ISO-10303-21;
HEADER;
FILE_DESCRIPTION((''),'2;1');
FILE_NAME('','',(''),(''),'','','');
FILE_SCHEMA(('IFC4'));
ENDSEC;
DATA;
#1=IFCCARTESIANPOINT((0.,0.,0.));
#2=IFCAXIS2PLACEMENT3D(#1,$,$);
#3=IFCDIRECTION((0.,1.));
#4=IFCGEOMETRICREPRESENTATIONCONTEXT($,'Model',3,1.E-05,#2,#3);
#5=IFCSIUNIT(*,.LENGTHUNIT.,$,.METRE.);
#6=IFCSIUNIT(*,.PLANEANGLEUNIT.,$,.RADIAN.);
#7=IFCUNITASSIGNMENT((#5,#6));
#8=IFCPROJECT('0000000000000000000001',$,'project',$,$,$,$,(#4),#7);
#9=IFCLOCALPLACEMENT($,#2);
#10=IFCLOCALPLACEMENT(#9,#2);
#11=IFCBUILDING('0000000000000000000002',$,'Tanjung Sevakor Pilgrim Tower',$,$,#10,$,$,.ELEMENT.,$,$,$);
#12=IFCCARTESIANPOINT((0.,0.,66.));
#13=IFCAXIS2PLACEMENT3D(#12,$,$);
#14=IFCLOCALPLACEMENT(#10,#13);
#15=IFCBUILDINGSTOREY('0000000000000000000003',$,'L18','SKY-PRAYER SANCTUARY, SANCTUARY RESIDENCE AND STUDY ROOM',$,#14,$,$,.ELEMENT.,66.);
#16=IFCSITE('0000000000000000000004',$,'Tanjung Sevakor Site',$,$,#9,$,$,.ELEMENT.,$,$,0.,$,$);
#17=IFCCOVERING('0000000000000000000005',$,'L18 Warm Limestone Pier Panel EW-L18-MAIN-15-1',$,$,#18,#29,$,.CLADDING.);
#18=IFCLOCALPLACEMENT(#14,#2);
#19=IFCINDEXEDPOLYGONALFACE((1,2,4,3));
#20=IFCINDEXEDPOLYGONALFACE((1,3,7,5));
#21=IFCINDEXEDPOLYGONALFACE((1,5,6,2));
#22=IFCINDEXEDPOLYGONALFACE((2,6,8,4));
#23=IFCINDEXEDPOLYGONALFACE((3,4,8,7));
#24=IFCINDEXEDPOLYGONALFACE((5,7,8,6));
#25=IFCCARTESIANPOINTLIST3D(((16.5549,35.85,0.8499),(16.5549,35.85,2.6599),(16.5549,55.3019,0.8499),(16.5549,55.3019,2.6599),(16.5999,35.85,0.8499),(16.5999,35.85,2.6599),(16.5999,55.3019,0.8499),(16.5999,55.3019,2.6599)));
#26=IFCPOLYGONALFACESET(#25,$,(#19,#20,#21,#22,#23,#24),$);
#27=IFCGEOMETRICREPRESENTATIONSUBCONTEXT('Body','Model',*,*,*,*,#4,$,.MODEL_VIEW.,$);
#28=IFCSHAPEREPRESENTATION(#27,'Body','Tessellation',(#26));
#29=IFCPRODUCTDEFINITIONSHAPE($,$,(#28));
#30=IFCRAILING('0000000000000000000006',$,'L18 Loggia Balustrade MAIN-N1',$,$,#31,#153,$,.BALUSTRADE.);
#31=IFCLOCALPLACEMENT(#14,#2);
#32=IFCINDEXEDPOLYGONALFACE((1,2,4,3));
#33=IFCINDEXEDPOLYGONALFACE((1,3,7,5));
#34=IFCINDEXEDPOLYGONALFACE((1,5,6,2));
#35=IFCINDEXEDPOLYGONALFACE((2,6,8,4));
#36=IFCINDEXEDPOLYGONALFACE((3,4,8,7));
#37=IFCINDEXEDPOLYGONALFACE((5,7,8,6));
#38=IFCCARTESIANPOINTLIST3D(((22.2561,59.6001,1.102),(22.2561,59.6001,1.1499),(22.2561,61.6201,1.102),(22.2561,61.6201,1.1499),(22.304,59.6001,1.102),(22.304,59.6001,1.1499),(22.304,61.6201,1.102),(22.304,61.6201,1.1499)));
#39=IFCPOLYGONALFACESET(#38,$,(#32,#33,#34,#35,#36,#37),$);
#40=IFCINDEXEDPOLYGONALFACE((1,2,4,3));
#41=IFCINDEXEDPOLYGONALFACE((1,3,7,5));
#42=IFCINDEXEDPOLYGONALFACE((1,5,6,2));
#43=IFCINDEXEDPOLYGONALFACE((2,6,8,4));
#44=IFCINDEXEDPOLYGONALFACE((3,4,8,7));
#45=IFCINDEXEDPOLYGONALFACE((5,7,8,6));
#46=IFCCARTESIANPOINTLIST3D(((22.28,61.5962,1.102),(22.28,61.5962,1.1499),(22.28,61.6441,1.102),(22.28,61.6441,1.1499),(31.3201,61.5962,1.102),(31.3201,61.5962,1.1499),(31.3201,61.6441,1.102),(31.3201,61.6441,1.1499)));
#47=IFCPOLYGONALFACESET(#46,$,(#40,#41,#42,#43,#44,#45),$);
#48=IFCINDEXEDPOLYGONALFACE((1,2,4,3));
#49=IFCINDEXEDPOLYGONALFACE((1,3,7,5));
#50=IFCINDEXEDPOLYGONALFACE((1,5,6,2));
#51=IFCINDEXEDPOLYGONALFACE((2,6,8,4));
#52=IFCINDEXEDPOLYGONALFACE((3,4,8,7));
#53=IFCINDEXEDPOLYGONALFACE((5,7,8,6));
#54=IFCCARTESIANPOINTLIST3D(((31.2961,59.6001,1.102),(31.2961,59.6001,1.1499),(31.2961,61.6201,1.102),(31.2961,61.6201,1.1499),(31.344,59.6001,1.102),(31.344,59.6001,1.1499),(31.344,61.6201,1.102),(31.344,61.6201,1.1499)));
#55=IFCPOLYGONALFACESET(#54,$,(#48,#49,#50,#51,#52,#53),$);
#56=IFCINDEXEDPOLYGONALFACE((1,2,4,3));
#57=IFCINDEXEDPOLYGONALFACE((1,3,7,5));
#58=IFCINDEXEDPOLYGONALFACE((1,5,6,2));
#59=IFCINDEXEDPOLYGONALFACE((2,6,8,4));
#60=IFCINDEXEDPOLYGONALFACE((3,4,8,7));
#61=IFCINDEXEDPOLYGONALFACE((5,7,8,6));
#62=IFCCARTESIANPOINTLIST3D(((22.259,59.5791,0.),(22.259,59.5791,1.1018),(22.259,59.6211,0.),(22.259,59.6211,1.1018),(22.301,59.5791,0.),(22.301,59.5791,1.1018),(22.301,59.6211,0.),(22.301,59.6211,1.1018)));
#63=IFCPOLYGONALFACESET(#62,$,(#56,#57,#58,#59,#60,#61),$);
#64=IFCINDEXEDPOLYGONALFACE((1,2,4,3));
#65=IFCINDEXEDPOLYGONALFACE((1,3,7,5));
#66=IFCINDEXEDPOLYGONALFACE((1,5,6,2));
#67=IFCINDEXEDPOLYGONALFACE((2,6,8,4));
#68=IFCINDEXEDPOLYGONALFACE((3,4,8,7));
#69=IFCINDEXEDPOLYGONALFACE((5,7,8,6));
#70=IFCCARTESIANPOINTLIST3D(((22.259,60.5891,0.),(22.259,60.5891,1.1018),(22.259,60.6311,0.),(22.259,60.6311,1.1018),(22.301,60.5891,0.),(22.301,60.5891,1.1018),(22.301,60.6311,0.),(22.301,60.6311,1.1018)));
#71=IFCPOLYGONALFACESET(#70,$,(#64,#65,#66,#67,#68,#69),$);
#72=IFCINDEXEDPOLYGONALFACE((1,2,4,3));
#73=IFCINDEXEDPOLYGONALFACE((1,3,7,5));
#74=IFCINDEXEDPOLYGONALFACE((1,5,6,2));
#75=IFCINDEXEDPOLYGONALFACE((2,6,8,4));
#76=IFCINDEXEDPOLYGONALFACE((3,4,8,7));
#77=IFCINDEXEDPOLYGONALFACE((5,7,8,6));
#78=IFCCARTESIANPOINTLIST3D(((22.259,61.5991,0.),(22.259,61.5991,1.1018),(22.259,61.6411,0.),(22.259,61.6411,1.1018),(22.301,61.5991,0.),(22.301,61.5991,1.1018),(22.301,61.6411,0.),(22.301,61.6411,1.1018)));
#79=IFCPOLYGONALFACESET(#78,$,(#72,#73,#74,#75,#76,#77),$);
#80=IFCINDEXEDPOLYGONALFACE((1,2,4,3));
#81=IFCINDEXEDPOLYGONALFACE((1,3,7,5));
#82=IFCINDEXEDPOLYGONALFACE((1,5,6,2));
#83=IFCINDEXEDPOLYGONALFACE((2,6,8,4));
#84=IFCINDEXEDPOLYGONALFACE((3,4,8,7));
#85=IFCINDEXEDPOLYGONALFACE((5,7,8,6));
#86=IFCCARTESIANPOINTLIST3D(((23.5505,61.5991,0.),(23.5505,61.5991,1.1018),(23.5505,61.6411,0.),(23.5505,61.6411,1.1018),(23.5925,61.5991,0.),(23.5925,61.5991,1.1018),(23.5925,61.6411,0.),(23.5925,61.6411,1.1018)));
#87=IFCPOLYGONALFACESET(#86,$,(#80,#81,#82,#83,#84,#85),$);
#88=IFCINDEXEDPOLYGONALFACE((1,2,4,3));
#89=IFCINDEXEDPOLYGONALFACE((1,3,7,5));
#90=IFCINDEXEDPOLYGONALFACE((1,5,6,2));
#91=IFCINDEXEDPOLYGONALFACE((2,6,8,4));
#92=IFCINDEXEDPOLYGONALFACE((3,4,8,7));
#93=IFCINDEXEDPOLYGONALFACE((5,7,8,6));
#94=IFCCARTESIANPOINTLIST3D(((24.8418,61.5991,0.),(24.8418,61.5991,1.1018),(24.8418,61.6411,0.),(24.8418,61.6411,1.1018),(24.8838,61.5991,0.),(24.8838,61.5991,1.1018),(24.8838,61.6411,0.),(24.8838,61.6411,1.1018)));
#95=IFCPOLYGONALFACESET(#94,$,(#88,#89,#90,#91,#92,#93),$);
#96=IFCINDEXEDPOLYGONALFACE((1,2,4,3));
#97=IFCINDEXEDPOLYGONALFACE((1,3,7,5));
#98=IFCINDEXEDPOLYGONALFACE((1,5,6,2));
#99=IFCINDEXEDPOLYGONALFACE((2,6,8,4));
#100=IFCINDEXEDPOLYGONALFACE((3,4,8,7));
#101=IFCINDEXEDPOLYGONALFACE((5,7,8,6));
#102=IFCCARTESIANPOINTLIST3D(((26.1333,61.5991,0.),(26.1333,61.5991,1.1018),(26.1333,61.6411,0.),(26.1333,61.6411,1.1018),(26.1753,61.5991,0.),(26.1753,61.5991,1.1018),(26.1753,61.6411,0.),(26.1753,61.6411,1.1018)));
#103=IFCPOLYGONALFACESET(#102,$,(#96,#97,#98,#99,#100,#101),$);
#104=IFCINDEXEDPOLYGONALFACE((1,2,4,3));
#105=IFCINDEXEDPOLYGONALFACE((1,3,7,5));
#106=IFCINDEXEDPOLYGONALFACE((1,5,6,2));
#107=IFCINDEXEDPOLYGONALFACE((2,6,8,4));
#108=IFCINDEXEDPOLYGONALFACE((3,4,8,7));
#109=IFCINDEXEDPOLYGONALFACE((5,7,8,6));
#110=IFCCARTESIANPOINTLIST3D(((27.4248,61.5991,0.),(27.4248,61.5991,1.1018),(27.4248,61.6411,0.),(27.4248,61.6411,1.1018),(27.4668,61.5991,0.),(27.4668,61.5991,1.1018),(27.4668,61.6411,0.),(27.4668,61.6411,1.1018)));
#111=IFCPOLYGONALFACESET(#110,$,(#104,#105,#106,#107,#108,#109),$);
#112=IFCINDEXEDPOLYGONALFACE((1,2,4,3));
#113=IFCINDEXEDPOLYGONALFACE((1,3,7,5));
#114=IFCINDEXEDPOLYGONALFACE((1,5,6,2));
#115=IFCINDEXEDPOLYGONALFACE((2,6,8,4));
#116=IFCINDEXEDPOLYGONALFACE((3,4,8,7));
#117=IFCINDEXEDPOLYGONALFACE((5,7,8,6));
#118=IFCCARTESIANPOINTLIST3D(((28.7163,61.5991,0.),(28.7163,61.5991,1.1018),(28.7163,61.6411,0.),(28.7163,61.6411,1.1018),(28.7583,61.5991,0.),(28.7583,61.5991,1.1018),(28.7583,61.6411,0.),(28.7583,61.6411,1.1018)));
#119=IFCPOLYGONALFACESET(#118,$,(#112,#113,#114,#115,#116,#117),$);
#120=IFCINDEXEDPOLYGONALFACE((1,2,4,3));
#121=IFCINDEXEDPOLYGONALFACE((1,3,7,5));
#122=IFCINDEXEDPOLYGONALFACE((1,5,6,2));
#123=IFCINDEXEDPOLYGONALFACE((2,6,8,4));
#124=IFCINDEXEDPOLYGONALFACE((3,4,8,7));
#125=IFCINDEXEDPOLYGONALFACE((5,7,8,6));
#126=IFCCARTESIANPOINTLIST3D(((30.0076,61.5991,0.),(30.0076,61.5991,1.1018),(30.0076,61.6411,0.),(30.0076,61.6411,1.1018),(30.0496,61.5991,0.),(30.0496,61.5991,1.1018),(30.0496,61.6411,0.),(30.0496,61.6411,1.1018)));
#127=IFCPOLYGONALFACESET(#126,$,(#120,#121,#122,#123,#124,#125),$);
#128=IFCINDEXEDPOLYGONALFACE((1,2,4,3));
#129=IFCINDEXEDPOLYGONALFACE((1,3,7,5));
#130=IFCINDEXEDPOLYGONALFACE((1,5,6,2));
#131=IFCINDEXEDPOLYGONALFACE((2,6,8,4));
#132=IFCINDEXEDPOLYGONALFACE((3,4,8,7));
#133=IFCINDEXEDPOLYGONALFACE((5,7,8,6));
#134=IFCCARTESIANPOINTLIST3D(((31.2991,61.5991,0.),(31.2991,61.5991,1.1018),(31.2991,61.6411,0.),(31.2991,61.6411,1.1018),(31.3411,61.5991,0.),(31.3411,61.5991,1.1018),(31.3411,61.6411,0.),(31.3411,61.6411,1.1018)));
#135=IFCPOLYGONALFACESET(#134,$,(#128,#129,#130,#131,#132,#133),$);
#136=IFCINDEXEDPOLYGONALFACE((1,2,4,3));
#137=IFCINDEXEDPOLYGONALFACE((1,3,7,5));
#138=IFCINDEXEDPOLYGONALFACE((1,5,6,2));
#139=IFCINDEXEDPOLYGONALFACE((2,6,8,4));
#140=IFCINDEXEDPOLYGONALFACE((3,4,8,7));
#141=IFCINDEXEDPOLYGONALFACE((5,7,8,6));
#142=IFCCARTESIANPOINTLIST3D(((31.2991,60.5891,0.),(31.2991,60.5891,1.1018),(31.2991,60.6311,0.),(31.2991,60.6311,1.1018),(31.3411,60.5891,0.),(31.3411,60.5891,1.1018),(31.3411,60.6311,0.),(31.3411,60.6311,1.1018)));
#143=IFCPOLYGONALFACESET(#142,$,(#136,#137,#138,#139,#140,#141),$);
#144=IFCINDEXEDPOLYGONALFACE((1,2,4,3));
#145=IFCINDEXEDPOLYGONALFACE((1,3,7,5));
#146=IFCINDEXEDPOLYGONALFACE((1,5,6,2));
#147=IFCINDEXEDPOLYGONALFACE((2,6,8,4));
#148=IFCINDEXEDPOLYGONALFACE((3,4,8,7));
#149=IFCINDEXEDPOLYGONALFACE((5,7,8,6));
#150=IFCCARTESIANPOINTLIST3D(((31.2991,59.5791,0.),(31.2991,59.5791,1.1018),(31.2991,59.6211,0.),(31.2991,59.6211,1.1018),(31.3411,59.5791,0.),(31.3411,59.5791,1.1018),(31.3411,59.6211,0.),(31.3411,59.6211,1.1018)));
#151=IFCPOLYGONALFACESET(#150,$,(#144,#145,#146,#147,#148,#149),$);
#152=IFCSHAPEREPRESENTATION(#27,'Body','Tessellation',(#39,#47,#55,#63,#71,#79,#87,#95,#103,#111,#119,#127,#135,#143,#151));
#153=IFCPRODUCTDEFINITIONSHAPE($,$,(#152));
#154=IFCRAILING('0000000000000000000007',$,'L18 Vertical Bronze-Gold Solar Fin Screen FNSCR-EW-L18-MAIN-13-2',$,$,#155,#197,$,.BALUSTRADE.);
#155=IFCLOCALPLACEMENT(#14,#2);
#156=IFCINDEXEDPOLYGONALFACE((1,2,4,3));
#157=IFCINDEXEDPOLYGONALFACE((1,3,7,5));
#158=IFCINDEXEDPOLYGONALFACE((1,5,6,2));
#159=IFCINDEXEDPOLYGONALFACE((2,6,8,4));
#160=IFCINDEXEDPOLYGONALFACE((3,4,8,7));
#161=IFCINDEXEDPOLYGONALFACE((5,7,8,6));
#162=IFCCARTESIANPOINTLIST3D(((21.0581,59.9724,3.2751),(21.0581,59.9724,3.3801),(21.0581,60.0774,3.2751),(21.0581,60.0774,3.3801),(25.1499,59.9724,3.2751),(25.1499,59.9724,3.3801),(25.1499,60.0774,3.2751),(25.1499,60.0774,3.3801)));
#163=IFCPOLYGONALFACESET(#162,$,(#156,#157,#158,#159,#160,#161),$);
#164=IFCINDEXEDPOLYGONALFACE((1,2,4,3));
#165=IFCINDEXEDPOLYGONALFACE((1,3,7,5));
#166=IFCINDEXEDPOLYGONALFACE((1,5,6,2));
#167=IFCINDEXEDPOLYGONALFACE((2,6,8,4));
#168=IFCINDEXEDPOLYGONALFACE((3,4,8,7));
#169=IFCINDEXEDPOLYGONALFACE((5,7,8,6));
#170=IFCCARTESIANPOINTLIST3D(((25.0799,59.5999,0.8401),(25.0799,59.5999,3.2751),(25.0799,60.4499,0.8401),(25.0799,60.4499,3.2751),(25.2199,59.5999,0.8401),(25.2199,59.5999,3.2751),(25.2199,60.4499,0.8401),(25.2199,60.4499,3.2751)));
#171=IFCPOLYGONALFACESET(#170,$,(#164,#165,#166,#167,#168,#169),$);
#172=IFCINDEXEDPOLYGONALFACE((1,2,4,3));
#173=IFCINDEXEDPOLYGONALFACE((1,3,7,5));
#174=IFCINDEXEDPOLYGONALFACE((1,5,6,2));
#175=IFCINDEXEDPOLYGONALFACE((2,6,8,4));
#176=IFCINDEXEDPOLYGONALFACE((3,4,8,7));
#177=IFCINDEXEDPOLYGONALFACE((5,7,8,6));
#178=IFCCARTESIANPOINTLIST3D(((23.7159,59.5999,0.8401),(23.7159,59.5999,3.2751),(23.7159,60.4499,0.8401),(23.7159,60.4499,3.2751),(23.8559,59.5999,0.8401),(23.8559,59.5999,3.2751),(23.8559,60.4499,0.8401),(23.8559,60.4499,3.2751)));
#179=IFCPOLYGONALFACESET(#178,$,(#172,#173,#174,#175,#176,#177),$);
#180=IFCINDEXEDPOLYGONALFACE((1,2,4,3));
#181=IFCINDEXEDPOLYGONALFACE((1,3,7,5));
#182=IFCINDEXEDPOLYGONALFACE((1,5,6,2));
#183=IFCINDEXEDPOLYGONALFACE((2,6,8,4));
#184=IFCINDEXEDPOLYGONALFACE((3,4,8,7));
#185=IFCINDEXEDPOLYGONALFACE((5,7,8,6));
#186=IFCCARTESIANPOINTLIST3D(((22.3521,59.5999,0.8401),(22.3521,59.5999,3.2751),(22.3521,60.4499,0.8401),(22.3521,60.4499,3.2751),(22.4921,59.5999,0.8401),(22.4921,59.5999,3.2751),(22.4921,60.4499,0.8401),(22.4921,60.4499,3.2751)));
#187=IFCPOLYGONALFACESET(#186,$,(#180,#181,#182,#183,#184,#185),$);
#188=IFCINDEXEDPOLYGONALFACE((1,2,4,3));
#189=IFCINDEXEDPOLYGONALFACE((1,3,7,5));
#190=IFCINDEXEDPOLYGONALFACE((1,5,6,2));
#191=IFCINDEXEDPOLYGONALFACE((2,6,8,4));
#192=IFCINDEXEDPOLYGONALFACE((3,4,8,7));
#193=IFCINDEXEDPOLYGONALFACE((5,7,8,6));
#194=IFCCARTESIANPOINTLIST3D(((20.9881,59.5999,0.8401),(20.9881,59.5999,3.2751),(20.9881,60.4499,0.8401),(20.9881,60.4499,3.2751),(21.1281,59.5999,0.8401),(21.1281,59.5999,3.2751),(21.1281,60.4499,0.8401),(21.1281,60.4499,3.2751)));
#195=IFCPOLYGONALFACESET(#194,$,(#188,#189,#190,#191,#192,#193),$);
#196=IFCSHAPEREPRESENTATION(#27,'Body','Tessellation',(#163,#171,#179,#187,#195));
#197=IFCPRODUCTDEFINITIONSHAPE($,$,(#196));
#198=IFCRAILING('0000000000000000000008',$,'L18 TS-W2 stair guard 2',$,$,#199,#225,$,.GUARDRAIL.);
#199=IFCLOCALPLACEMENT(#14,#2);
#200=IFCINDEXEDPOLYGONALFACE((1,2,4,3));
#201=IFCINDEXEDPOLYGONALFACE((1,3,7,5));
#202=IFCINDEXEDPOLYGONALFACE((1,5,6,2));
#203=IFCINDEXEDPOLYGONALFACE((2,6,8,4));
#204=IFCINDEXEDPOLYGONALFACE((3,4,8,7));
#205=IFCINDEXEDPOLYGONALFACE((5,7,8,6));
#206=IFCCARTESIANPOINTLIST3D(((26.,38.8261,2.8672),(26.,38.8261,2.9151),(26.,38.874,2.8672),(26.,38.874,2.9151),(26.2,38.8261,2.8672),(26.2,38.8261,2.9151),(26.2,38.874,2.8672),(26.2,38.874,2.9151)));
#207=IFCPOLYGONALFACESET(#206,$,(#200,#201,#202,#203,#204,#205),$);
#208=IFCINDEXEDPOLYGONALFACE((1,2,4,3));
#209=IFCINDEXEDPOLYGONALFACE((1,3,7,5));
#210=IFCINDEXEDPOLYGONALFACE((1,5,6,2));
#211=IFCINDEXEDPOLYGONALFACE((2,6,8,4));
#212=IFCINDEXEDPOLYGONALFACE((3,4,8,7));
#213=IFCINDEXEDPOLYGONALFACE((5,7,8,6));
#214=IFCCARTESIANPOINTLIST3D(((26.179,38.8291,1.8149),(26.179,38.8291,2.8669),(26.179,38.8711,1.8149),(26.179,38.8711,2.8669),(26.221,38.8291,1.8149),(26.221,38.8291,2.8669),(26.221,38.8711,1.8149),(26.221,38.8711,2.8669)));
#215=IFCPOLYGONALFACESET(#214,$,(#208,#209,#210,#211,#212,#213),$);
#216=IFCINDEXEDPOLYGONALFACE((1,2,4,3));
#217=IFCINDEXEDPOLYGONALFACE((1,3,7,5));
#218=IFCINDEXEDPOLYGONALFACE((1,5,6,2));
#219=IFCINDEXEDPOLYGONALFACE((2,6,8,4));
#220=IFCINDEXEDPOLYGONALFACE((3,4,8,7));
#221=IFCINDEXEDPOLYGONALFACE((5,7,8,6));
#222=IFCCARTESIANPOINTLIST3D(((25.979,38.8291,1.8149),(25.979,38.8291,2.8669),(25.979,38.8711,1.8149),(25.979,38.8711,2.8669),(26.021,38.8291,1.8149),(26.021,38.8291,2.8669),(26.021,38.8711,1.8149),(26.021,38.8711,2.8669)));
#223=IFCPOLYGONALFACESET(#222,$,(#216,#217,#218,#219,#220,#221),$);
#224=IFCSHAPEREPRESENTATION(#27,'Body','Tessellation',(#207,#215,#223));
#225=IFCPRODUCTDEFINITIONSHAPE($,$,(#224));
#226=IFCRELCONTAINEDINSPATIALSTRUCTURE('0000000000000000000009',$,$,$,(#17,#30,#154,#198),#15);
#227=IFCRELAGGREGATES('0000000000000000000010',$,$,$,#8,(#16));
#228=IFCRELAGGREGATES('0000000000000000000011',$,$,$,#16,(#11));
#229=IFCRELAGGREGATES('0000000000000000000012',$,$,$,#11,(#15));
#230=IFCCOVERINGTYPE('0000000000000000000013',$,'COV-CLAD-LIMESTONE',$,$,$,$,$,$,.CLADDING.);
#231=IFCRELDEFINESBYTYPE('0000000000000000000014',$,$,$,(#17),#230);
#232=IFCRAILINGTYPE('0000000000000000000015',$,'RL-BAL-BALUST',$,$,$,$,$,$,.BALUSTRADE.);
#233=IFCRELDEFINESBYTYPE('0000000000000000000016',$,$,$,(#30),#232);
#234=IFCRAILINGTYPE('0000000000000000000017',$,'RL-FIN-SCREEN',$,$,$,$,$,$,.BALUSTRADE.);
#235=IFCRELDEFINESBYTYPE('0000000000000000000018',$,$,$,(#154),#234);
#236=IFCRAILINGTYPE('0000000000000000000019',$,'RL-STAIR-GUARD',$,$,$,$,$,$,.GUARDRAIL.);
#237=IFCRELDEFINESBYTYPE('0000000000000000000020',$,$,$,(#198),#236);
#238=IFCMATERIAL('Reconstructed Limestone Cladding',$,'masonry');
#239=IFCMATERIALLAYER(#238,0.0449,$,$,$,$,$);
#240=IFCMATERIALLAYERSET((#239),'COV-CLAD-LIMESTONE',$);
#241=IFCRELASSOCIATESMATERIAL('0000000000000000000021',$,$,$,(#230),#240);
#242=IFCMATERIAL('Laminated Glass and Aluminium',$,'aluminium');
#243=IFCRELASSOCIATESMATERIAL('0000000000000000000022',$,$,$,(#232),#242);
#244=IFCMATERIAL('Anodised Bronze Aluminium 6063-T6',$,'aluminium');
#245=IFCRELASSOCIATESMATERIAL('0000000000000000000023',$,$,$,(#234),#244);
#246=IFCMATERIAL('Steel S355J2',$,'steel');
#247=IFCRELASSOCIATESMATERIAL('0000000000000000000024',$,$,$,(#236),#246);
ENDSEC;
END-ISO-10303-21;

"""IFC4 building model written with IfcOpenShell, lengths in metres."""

from ifc_helpers import new_model, si_unit, direction, frame, origin, origin_2d, place, context, subcontext, project, spatial, rectangle, extrude, material, layer, layer_set, type_object, element, save


model = new_model("IFC4")

# Units and contexts
model_context = context("Model", 3, precision=1e-05, world=origin(), true_north=direction((0.0, 1.0)))
body_context = subcontext(model_context, "Body", "Model", "MODEL_VIEW")
ifc_project = project(units=[si_unit("LENGTHUNIT", "METRE"), si_unit("PLANEANGLEUNIT", "RADIAN")], contexts=[model_context])

# Site, building, storey
site_placement = place(None, origin())
site = spatial("IfcSite", under=ifc_project, at=site_placement, Name="Tanjung Sevakor Site", CompositionType="ELEMENT", RefElevation=0.0)
building_placement = place(site_placement, origin())
building = spatial("IfcBuilding", under=site, at=building_placement, Name="Tanjung Sevakor Pilgrim Tower", CompositionType="ELEMENT")
storey_placement = place(building_placement, frame((0.0, 0.0, 66.0)))
storey = spatial("IfcBuildingStorey", under=building, at=storey_placement, Name="L18", Description="SKY-PRAYER SANCTUARY, SANCTUARY RESIDENCE AND STUDY ROOM", CompositionType="ELEMENT", Elevation=66.0)

# Covering
ifc_material_1 = material(Name="Reconstructed Limestone Cladding", Category="masonry")
ifc_layer_1 = layer(ifc_material_1, 0.0449)
ifc_layer_set_1 = layer_set([ifc_layer_1], Name="COV-CLAD-LIMESTONE")
covering_type = type_object("IfcCoveringType", Name="COV-CLAD-LIMESTONE", PredefinedType="CLADDING", material=ifc_layer_set_1)
covering_1_placement = place(storey_placement, frame((16.5774, 45.5759, 0.8499), z_axis=(0.0, 0.0, 1.0), x_axis=(0.0, -1.0, 0.0)))
element("IfcCovering", 1, at=covering_1_placement, inside=storey, type_object=covering_type, Name="L18 Warm Limestone Pier Panel EW-L18-MAIN-15-1", PredefinedType="CLADDING", context=body_context, shape_type="SweptSolid", body=[
    extrude(rectangle(XDim=19.4519, YDim=0.0449, at=origin_2d()), origin(), (0.0, 0.0, 1.0), 1.8101),
])

# Railings
ifc_material_2 = material(Name="Laminated Glass and Aluminium", Category="aluminium")
railing_type_1 = type_object("IfcRailingType", Name="RL-BAL-BALUST", PredefinedType="BALUSTRADE", material=ifc_material_2)
railing_1_placement = place(storey_placement, frame((22.28, 59.6001, 0.0)))
element("IfcRailing", 2, at=railing_1_placement, inside=storey, type_object=railing_type_1, Name="L18 Loggia Balustrade MAIN-N1", PredefinedType="BALUSTRADE", context=body_context, shape_type="SweptSolid", body=[
    extrude(rectangle(XDim=0.0479, YDim=0.0479), frame((0.0, 0.0, 1.126), z_axis=(0.0, 1.0, 0.0), x_axis=(-1.0, 0.0, 0.0)), (0.0, 0.0, 1.0), 2.02),
    extrude(rectangle(XDim=0.0479, YDim=0.0479), frame((0.0, 2.02, 1.126), z_axis=(1.0, 0.0, 0.0), x_axis=(0.0, 1.0, 0.0)), (0.0, 0.0, 1.0), 9.04),
    extrude(rectangle(XDim=0.0479, YDim=0.0479), frame((9.04, 2.02, 1.126), z_axis=(0.0, -1.0, 0.0), x_axis=(1.0, 0.0, 0.0)), (0.0, 0.0, 1.0), 2.02),
    extrude(rectangle(XDim=0.042, YDim=0.042), origin(), (0.0, 0.0, 1.0), 1.1018),
    extrude(rectangle(XDim=0.042, YDim=0.042), frame((0.0, 1.01, 0.0)), (0.0, 0.0, 1.0), 1.1018),
    extrude(rectangle(XDim=0.042, YDim=0.042), frame((0.0, 2.02, 0.0)), (0.0, 0.0, 1.0), 1.1018),
    extrude(rectangle(XDim=0.042, YDim=0.042), frame((1.2915, 2.02, 0.0)), (0.0, 0.0, 1.0), 1.1018),
    extrude(rectangle(XDim=0.042, YDim=0.042), frame((2.5828, 2.02, 0.0)), (0.0, 0.0, 1.0), 1.1018),
    extrude(rectangle(XDim=0.042, YDim=0.042), frame((3.8743, 2.02, 0.0)), (0.0, 0.0, 1.0), 1.1018),
    extrude(rectangle(XDim=0.042, YDim=0.042), frame((5.1658, 2.02, 0.0)), (0.0, 0.0, 1.0), 1.1018),
    extrude(rectangle(XDim=0.042, YDim=0.042), frame((6.4573, 2.02, 0.0)), (0.0, 0.0, 1.0), 1.1018),
    extrude(rectangle(XDim=0.042, YDim=0.042), frame((7.7485, 2.02, 0.0)), (0.0, 0.0, 1.0), 1.1018),
    extrude(rectangle(XDim=0.042, YDim=0.042), frame((9.04, 2.02, 0.0)), (0.0, 0.0, 1.0), 1.1018),
    extrude(rectangle(XDim=0.042, YDim=0.042), frame((9.04, 1.01, 0.0)), (0.0, 0.0, 1.0), 1.1018),
    extrude(rectangle(XDim=0.042, YDim=0.042), frame((9.04, 0.0, 0.0)), (0.0, 0.0, 1.0), 1.1018),
])
ifc_material_3 = material(Name="Anodised Bronze Aluminium 6063-T6", Category="aluminium")
railing_type_2 = type_object("IfcRailingType", Name="RL-FIN-SCREEN", PredefinedType="BALUSTRADE", material=ifc_material_3)
railing_2_placement = place(storey_placement, frame((25.1499, 60.0249, 0.8401)))
element("IfcRailing", 3, at=railing_2_placement, inside=storey, type_object=railing_type_2, Name="L18 Vertical Bronze-Gold Solar Fin Screen FNSCR-EW-L18-MAIN-13-2", PredefinedType="BALUSTRADE", context=body_context, shape_type="SweptSolid", body=[
    extrude(rectangle(XDim=0.105, YDim=0.105), frame((0.0, 0.0, 2.4875), z_axis=(-1.0, 0.0, 0.0), x_axis=(0.0, -1.0, 0.0)), (0.0, 0.0, 1.0), 4.0918),
    extrude(rectangle(XDim=0.14, YDim=0.85), origin(), (0.0, 0.0, 1.0), 2.4351),
    extrude(rectangle(XDim=0.14, YDim=0.85), frame((-1.364, 0.0, 0.0)), (0.0, 0.0, 1.0), 2.4351),
    extrude(rectangle(XDim=0.14, YDim=0.85), frame((-2.7278, 0.0, 0.0)), (0.0, 0.0, 1.0), 2.4351),
    extrude(rectangle(XDim=0.14, YDim=0.85), frame((-4.0918, 0.0, 0.0)), (0.0, 0.0, 1.0), 2.4351),
])
ifc_material_4 = material(Name="Steel S355J2", Category="steel")
railing_type_3 = type_object("IfcRailingType", Name="RL-STAIR-GUARD", PredefinedType="GUARDRAIL", material=ifc_material_4)
railing_3_placement = place(storey_placement, frame((26.2, 38.8501, 1.8149)))
element("IfcRailing", 4, at=railing_3_placement, inside=storey, type_object=railing_type_3, Name="L18 TS-W2 stair guard 2", PredefinedType="GUARDRAIL", context=body_context, shape_type="SweptSolid", body=[
    extrude(rectangle(XDim=0.0479, YDim=0.0479), frame((0.0, 0.0, 1.0762), z_axis=(-1.0, 0.0, 0.0), x_axis=(0.0, -1.0, 0.0)), (0.0, 0.0, 1.0), 0.2),
    extrude(rectangle(XDim=0.042, YDim=0.042), origin(), (0.0, 0.0, 1.0), 1.052),
    extrude(rectangle(XDim=0.042, YDim=0.042), frame((-0.2, 0.0, 0.0)), (0.0, 0.0, 1.0), 1.052),
])

save(model, "model.ifc")
